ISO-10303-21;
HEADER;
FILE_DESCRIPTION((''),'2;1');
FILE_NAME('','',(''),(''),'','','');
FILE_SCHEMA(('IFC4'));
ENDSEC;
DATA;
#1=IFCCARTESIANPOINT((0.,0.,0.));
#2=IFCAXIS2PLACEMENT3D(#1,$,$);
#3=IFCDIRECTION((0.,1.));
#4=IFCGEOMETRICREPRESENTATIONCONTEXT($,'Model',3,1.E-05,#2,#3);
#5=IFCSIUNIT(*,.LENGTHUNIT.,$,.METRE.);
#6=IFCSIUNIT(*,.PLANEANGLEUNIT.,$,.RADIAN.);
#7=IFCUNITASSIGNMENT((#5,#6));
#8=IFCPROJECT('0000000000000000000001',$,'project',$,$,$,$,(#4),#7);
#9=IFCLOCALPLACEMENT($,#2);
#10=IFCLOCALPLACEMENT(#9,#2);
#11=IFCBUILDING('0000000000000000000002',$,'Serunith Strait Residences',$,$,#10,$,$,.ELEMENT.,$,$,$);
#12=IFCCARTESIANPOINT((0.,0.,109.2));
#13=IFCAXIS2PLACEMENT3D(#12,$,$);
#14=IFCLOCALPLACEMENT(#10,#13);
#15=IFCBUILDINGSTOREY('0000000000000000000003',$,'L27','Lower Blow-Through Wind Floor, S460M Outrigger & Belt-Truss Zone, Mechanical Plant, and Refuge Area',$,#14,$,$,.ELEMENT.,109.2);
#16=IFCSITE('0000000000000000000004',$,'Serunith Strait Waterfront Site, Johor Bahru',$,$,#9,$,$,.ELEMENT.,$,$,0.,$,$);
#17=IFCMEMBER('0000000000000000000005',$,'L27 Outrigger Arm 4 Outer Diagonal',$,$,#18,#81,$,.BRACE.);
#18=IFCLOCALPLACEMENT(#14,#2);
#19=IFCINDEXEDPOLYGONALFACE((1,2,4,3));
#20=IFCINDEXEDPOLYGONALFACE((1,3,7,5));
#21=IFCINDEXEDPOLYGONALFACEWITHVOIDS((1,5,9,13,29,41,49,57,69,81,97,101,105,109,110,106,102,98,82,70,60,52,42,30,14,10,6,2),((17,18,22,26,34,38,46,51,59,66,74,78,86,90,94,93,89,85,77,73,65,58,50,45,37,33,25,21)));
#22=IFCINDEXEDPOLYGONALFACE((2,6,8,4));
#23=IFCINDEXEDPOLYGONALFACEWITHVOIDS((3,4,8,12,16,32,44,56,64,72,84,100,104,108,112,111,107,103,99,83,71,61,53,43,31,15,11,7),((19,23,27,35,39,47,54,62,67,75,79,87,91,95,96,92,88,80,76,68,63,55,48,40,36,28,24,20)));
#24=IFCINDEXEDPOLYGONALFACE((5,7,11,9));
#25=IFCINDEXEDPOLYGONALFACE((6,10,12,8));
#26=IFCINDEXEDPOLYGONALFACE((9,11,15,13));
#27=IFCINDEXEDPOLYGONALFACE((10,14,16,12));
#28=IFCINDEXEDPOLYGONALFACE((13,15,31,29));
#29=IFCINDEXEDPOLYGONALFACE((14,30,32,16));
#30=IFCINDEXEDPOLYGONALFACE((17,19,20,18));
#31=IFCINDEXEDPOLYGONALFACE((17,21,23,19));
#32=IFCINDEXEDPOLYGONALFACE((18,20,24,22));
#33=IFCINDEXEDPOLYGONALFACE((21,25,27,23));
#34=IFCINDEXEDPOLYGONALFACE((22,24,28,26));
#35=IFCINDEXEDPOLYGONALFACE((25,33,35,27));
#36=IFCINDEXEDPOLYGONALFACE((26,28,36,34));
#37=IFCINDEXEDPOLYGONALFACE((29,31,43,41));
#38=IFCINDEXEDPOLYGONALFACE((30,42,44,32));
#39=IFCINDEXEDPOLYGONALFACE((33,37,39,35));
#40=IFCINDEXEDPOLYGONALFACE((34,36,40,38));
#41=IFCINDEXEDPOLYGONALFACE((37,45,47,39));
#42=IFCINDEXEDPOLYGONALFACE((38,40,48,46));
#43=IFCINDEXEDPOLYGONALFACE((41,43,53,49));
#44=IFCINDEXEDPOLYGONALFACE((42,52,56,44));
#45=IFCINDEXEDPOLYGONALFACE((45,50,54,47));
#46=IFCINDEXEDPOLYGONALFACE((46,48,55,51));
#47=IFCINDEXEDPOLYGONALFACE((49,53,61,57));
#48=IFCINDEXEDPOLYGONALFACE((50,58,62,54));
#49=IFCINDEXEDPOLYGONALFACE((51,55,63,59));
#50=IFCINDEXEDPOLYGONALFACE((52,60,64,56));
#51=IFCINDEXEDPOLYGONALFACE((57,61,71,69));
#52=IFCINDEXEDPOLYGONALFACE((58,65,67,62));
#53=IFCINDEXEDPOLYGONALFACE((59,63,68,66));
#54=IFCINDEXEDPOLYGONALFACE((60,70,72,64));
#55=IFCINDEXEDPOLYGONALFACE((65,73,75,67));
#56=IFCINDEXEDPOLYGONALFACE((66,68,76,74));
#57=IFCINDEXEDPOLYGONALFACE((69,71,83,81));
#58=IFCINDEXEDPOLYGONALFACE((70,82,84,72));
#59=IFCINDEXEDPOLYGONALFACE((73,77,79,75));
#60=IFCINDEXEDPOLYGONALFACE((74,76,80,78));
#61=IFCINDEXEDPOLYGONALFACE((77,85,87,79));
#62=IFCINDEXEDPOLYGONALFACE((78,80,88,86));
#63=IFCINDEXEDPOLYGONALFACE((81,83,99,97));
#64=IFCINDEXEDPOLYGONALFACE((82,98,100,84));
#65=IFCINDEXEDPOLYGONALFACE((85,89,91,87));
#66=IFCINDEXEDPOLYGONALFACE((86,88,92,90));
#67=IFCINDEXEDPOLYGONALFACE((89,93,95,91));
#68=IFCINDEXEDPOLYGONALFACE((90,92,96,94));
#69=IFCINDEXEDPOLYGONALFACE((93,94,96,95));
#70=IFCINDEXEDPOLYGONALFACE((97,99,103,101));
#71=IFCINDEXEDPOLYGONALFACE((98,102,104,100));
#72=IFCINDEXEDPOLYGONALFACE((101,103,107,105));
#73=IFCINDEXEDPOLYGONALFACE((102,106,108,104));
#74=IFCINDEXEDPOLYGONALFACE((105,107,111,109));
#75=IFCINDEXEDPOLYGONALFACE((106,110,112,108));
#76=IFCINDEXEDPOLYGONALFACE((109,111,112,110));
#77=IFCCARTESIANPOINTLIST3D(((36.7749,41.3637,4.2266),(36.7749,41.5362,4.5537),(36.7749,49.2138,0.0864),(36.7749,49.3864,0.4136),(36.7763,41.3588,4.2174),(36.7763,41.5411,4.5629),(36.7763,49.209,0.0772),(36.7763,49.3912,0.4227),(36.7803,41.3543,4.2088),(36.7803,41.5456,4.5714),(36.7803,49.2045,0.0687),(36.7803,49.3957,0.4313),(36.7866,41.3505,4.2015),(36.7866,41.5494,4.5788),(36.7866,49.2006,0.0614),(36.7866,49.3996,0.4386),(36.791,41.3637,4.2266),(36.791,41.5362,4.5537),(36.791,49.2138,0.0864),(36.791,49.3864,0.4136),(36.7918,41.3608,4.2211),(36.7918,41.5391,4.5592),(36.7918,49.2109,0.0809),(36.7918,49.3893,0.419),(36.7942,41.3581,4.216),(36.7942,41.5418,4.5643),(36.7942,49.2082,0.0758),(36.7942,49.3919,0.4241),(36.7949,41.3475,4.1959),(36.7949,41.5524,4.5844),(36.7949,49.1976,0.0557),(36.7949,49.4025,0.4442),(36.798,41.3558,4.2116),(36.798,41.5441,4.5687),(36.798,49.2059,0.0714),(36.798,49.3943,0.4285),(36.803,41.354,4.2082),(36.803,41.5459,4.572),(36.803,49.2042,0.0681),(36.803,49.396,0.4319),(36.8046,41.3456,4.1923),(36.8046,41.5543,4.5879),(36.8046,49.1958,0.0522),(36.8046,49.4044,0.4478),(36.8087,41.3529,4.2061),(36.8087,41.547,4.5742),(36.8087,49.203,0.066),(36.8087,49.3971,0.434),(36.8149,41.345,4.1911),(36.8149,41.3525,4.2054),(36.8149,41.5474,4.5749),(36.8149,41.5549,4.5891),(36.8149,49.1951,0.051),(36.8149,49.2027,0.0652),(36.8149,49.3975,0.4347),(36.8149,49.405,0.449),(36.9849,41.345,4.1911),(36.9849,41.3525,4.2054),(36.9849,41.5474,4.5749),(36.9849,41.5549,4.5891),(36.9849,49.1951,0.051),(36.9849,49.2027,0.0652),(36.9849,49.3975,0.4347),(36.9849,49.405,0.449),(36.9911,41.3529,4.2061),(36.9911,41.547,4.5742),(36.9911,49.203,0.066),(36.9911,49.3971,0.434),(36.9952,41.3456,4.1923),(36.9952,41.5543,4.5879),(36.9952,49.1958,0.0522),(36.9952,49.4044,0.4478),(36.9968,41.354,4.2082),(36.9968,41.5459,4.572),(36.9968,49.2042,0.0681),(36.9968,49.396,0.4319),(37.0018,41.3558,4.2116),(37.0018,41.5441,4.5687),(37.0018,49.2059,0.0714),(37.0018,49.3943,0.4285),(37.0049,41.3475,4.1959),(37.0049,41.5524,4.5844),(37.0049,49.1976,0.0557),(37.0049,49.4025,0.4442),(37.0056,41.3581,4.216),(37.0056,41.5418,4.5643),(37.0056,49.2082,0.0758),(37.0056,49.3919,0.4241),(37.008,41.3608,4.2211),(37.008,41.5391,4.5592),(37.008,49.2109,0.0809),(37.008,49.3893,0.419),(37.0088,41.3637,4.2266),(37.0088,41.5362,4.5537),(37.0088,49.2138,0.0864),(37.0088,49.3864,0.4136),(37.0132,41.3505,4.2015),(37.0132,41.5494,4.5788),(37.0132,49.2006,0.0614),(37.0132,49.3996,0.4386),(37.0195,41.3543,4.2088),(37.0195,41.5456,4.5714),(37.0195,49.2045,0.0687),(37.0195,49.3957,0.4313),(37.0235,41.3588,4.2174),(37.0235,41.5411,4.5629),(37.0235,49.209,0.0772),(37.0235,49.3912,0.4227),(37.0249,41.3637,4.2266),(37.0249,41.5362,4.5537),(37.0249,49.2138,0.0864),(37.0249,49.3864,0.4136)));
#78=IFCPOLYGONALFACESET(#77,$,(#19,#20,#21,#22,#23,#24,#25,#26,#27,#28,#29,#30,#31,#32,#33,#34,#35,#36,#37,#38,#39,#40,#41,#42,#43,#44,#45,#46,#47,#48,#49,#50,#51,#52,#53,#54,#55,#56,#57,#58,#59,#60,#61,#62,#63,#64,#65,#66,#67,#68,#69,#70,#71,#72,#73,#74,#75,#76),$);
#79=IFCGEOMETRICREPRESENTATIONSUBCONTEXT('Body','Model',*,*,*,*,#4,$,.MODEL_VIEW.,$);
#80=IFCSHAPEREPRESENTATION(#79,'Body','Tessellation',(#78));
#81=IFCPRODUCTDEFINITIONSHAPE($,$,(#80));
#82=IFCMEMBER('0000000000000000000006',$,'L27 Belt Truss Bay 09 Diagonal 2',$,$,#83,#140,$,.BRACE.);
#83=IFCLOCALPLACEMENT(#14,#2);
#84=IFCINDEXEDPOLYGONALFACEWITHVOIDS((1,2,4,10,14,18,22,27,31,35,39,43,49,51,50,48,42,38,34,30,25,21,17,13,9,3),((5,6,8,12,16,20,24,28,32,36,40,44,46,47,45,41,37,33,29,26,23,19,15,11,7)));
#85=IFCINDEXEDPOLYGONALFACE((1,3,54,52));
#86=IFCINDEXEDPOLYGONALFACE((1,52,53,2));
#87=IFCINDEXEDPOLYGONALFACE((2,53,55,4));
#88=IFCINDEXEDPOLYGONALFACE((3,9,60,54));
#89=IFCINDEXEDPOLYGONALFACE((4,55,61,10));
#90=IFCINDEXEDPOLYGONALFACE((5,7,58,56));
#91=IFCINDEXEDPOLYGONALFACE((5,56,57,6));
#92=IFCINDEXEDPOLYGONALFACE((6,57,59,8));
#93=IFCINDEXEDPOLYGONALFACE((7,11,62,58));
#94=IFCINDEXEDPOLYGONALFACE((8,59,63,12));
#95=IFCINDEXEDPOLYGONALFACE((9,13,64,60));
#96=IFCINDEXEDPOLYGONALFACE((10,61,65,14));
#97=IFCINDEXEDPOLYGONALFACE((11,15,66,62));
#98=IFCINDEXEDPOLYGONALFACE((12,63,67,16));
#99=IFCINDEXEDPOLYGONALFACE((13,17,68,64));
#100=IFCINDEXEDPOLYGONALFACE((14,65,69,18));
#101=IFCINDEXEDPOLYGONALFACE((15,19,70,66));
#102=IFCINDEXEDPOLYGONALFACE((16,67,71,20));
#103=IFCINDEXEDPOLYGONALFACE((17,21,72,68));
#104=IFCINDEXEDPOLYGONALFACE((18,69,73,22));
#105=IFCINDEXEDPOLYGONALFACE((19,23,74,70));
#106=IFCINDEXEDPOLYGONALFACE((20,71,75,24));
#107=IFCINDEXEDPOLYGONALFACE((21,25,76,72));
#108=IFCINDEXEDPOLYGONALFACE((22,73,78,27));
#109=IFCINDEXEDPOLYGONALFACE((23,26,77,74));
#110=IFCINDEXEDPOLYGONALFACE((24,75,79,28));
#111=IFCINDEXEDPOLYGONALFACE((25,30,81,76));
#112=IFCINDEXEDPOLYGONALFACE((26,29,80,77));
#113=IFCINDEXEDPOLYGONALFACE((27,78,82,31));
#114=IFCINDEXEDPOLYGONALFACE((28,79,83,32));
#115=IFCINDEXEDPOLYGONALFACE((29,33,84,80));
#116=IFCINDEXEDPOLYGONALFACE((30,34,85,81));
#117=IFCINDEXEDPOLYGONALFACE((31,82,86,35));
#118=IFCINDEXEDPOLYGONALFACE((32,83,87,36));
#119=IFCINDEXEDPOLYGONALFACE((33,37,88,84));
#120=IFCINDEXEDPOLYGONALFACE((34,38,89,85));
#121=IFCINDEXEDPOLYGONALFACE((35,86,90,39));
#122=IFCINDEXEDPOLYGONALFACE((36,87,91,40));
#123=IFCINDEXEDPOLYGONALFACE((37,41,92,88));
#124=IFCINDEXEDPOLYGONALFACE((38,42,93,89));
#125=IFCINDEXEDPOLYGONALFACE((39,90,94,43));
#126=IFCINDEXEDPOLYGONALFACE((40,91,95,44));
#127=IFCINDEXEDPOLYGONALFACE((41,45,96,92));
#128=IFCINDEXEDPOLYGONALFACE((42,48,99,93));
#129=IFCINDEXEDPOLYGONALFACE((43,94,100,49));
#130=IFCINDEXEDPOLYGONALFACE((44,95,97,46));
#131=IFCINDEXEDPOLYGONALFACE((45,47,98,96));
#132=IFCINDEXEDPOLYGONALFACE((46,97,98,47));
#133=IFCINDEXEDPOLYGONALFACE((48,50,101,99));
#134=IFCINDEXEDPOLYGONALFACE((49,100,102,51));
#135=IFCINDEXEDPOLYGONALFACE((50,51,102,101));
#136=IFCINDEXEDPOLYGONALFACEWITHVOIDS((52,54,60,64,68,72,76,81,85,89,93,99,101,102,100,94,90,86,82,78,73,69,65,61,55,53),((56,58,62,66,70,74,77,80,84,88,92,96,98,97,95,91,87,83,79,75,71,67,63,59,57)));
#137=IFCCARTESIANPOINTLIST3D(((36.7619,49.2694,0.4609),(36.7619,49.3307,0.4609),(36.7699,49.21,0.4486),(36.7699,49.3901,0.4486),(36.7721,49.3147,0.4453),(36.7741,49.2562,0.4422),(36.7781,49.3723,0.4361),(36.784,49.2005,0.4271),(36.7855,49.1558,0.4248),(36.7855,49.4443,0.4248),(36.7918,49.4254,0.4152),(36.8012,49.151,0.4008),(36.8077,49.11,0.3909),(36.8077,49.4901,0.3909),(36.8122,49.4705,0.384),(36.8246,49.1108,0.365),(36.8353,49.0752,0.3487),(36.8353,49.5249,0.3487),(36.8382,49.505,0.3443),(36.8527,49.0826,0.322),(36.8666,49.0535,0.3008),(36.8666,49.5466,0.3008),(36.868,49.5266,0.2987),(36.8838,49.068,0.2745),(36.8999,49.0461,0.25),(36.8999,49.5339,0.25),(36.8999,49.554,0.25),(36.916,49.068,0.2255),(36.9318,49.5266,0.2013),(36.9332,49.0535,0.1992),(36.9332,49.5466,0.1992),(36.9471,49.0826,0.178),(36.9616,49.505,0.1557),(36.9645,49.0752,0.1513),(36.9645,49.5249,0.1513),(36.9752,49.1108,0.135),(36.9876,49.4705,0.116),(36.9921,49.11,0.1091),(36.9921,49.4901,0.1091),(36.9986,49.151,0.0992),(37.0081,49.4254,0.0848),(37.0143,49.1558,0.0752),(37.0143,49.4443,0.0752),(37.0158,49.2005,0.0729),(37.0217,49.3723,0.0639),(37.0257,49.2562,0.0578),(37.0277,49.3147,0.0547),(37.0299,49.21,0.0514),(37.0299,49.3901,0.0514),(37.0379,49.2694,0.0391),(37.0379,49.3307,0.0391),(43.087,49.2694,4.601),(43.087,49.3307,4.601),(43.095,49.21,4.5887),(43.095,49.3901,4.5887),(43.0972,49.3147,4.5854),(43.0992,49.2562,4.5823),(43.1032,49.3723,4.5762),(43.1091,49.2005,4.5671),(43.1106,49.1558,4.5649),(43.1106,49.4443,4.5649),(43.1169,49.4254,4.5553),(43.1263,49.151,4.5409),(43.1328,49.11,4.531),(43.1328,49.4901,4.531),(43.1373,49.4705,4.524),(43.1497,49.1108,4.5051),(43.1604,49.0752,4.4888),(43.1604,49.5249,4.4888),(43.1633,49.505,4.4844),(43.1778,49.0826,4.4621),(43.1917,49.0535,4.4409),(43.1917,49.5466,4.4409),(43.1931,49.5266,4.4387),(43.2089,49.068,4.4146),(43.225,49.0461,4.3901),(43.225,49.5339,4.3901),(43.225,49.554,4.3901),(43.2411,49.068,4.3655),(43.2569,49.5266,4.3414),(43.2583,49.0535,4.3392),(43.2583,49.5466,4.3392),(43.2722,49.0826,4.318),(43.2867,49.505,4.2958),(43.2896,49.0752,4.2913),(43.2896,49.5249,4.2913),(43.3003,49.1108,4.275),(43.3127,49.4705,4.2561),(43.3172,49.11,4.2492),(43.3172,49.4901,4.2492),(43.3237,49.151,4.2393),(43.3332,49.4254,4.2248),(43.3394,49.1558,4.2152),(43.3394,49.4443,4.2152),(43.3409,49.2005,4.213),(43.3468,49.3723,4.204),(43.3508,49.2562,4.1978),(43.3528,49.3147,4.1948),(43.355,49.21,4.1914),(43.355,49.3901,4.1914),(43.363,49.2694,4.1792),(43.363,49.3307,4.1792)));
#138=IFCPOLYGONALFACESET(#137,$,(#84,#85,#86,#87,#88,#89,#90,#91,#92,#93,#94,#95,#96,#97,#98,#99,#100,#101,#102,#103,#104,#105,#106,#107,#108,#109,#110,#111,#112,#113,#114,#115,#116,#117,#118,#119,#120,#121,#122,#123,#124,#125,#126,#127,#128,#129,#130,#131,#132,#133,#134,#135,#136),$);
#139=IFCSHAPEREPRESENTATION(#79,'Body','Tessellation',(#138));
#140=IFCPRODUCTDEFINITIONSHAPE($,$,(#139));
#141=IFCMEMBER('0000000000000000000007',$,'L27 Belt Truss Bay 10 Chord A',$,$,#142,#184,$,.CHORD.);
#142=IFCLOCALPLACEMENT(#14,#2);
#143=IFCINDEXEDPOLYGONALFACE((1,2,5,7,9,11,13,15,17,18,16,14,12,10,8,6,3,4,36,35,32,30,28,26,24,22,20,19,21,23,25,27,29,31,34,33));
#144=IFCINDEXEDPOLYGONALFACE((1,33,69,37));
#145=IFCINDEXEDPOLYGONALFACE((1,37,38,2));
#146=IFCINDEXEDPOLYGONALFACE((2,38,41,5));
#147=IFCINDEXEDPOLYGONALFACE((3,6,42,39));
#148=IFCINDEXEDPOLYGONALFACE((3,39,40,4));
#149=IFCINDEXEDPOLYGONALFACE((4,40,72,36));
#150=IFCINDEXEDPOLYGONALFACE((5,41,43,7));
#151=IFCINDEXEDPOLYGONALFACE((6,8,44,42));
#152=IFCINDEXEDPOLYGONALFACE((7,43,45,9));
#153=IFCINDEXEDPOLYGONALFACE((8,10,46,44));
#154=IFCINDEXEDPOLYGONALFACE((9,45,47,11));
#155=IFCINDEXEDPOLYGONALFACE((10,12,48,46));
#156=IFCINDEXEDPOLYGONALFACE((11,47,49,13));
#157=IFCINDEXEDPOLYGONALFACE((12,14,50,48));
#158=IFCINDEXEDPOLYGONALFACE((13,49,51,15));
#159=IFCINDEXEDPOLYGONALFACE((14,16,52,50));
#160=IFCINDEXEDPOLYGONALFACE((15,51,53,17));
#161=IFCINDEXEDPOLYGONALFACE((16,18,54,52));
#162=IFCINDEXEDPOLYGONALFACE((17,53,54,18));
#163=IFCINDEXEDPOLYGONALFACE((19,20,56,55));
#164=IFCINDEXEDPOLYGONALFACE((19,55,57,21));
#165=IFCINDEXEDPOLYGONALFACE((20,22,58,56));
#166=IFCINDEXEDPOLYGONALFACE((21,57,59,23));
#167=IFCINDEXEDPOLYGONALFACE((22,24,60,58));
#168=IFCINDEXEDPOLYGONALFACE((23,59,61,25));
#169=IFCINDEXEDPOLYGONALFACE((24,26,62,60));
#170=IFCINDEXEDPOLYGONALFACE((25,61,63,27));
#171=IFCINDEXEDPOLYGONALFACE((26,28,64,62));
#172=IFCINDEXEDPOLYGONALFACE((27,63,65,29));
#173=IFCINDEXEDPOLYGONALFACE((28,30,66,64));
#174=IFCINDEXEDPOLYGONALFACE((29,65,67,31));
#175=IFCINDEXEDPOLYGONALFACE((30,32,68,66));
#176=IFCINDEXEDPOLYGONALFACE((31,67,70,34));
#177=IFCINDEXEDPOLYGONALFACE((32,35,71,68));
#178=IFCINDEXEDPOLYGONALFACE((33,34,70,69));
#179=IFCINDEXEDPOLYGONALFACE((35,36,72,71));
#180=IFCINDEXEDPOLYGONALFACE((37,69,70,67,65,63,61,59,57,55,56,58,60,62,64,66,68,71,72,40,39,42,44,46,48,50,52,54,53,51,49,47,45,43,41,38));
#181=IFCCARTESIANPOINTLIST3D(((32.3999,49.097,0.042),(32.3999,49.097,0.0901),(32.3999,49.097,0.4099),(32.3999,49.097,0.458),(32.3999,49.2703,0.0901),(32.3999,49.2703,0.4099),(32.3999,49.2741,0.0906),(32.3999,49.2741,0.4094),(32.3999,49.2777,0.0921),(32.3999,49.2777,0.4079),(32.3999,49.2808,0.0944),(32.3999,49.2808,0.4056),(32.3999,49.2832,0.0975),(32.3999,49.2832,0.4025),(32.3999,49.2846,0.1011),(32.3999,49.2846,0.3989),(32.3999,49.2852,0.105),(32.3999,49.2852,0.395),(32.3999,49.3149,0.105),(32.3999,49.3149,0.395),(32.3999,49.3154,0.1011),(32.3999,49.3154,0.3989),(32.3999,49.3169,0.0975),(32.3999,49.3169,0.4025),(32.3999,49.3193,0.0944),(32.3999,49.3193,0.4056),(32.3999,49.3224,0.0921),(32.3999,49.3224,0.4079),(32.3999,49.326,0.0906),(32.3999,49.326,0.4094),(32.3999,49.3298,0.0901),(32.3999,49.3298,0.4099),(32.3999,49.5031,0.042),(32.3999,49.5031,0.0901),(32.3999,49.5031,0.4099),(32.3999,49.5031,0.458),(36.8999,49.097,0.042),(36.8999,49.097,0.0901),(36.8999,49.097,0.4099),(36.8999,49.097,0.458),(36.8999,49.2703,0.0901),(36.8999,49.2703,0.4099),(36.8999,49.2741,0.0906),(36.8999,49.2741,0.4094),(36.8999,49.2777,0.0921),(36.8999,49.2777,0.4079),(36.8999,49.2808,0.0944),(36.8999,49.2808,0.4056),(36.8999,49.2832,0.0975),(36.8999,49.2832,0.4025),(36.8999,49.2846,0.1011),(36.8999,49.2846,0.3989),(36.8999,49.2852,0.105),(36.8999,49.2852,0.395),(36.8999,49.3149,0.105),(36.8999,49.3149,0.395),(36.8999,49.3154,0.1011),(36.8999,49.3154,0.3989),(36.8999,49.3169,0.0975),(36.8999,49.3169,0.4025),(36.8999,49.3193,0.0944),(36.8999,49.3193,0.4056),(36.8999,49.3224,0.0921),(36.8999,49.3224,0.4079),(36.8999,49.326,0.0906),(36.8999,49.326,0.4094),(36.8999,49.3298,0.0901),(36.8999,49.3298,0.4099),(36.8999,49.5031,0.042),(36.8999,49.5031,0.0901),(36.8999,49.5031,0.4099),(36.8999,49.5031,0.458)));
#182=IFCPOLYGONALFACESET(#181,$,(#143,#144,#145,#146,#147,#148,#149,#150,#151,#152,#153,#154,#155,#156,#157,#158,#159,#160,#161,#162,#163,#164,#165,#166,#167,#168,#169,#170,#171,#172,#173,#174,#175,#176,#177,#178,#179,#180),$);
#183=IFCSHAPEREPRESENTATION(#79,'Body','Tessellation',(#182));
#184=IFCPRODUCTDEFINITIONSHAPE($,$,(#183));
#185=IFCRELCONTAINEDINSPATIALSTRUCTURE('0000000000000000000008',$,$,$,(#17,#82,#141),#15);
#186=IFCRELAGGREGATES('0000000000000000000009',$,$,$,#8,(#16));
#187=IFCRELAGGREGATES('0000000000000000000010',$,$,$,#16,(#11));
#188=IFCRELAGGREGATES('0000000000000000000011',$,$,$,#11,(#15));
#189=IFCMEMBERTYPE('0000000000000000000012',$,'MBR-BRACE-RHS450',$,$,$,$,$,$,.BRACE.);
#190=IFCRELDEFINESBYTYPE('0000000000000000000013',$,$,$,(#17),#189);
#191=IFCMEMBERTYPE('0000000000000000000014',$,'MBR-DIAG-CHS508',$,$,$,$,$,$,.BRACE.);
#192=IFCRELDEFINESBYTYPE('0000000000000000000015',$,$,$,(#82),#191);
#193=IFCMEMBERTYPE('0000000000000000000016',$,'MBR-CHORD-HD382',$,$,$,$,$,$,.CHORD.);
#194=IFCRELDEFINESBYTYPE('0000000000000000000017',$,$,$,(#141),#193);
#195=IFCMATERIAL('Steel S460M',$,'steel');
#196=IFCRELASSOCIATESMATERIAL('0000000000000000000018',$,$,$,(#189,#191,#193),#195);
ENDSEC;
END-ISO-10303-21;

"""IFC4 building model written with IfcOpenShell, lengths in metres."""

from ifc_helpers import new_model, si_unit, direction, frame, origin, origin_2d, place, context, subcontext, project, spatial, hollow_rectangle, hollow_circle, i_section, extrude, source, transform, mapped, material, material_profile, profile_set, type_object, element, save


model = new_model("IFC4")

# Units and contexts
model_context = context("Model", 3, precision=1e-05, world=origin(), true_north=direction((0.0, 1.0)))
body_context = subcontext(model_context, "Body", "Model", "MODEL_VIEW")
ifc_project = project(units=[si_unit("LENGTHUNIT", "METRE"), si_unit("PLANEANGLEUNIT", "RADIAN")], contexts=[model_context])

# Site, building, storey
site_placement = place(None, origin())
site = spatial("IfcSite", under=ifc_project, at=site_placement, Name="Serunith Strait Waterfront Site, Johor Bahru", CompositionType="ELEMENT", RefElevation=0.0)
building_placement = place(site_placement, origin())
building = spatial("IfcBuilding", under=site, at=building_placement, Name="Serunith Strait Residences", CompositionType="ELEMENT")
storey_placement = place(building_placement, frame((0.0, 0.0, 109.2)))
storey = spatial("IfcBuildingStorey", under=building, at=storey_placement, Name="L27", Description="Lower Blow-Through Wind Floor, S460M Outrigger & Belt-Truss Zone, Mechanical Plant, and Refuge Area", CompositionType="ELEMENT", Elevation=109.2)

# Members
ifc_material_1 = material(Name="Steel S460M", Category="steel")
ifc_material_profile_1 = material_profile(ifc_material_1, hollow_rectangle(XDim=0.25, YDim=0.45, WallThickness=0.0161, InnerFilletRadius=0.0239, OuterFilletRadius=0.04, at=origin_2d()), Name="RHS 450x250x16")
ifc_profile_set_1 = profile_set([ifc_material_profile_1], Name="Steel S460M")
member_type_1 = type_object("IfcMemberType", Name="MBR-BRACE-RHS450", PredefinedType="BRACE", material=ifc_profile_set_1)
shared_shape_1 = source(origin(), body_context, "Body", "SweptSolid", [
    extrude(hollow_rectangle(XDim=0.25, YDim=0.45, WallThickness=0.0161, InnerFilletRadius=0.0239, OuterFilletRadius=0.04, at=origin_2d()), origin(), (0.0, 0.0, 1.0), 8.875),
])
member_1_placement = place(storey_placement, frame((36.8999, 41.45, 4.3901), z_axis=(0.0, 0.884523, -0.466497), x_axis=(-1.0, 0.0, 0.0)))
element("IfcMember", 1, at=member_1_placement, inside=storey, type_object=member_type_1, Name="L27 Outrigger Arm 4 Outer Diagonal", PredefinedType="BRACE", context=body_context, shape_type="MappedRepresentation", body=[
    mapped(shared_shape_1, transform((0.0, 0.0, 0.0), scale=1.0)),
])
ifc_material_profile_2 = material_profile(ifc_material_1, hollow_circle(Radius=0.2539, WallThickness=0.02, at=origin_2d()), Name="CHS 508x20")
ifc_profile_set_2 = profile_set([ifc_material_profile_2], Name="Steel S460M")
member_type_2 = type_object("IfcMemberType", Name="MBR-DIAG-CHS508", PredefinedType="BRACE", material=ifc_profile_set_2)
shared_shape_2 = source(origin(), body_context, "Body", "SweptSolid", [
    extrude(hollow_circle(Radius=0.2539, WallThickness=0.02, at=origin_2d()), origin(), (0.0, 0.0, 1.0), 7.5596),
])
member_2_placement = place(storey_placement, frame((36.8999, 49.3, 0.25), z_axis=(0.836701, 0.0, 0.54766), x_axis=(0.0, 1.0, 0.0)))
element("IfcMember", 2, at=member_2_placement, inside=storey, type_object=member_type_2, Name="L27 Belt Truss Bay 09 Diagonal 2", PredefinedType="BRACE", context=body_context, shape_type="MappedRepresentation", body=[
    mapped(shared_shape_2, transform((0.0, 0.0, 0.0), scale=1.0)),
])
ifc_material_profile_3 = material_profile(ifc_material_1, i_section(OverallWidth=0.406, OverallDepth=0.416, WebThickness=0.0298, FlangeThickness=0.0481, FilletRadius=0.0149, at=origin_2d()), Name="HD 400x382")
ifc_profile_set_3 = profile_set([ifc_material_profile_3], Name="Steel S460M")
member_type_3 = type_object("IfcMemberType", Name="MBR-CHORD-HD382", PredefinedType="CHORD", material=ifc_profile_set_3)
shared_shape_3 = source(origin(), body_context, "Body", "SweptSolid", [
    extrude(i_section(OverallWidth=0.406, OverallDepth=0.416, WebThickness=0.0298, FlangeThickness=0.0481, FilletRadius=0.0149, at=origin_2d()), origin(), (0.0, 0.0, 1.0), 4.5),
])
for number, where, z_axis, x_axis, name in (
    (3, (36.8999, 49.3, 0.25), (-1.0, 0.0, 0.0), (0.0, -1.0, 0.0), "L27 Belt Truss Bay 10 Chord A"),
):
    element("IfcMember", number, at=place(storey_placement, frame(where, z_axis=z_axis, x_axis=x_axis)), inside=storey, type_object=member_type_3, Name=name, PredefinedType="CHORD", context=body_context, shape_type="MappedRepresentation", body=[
        mapped(shared_shape_3, transform((0.0, 0.0, 0.0), scale=1.0)),
    ])

save(model, "model.ifc")
